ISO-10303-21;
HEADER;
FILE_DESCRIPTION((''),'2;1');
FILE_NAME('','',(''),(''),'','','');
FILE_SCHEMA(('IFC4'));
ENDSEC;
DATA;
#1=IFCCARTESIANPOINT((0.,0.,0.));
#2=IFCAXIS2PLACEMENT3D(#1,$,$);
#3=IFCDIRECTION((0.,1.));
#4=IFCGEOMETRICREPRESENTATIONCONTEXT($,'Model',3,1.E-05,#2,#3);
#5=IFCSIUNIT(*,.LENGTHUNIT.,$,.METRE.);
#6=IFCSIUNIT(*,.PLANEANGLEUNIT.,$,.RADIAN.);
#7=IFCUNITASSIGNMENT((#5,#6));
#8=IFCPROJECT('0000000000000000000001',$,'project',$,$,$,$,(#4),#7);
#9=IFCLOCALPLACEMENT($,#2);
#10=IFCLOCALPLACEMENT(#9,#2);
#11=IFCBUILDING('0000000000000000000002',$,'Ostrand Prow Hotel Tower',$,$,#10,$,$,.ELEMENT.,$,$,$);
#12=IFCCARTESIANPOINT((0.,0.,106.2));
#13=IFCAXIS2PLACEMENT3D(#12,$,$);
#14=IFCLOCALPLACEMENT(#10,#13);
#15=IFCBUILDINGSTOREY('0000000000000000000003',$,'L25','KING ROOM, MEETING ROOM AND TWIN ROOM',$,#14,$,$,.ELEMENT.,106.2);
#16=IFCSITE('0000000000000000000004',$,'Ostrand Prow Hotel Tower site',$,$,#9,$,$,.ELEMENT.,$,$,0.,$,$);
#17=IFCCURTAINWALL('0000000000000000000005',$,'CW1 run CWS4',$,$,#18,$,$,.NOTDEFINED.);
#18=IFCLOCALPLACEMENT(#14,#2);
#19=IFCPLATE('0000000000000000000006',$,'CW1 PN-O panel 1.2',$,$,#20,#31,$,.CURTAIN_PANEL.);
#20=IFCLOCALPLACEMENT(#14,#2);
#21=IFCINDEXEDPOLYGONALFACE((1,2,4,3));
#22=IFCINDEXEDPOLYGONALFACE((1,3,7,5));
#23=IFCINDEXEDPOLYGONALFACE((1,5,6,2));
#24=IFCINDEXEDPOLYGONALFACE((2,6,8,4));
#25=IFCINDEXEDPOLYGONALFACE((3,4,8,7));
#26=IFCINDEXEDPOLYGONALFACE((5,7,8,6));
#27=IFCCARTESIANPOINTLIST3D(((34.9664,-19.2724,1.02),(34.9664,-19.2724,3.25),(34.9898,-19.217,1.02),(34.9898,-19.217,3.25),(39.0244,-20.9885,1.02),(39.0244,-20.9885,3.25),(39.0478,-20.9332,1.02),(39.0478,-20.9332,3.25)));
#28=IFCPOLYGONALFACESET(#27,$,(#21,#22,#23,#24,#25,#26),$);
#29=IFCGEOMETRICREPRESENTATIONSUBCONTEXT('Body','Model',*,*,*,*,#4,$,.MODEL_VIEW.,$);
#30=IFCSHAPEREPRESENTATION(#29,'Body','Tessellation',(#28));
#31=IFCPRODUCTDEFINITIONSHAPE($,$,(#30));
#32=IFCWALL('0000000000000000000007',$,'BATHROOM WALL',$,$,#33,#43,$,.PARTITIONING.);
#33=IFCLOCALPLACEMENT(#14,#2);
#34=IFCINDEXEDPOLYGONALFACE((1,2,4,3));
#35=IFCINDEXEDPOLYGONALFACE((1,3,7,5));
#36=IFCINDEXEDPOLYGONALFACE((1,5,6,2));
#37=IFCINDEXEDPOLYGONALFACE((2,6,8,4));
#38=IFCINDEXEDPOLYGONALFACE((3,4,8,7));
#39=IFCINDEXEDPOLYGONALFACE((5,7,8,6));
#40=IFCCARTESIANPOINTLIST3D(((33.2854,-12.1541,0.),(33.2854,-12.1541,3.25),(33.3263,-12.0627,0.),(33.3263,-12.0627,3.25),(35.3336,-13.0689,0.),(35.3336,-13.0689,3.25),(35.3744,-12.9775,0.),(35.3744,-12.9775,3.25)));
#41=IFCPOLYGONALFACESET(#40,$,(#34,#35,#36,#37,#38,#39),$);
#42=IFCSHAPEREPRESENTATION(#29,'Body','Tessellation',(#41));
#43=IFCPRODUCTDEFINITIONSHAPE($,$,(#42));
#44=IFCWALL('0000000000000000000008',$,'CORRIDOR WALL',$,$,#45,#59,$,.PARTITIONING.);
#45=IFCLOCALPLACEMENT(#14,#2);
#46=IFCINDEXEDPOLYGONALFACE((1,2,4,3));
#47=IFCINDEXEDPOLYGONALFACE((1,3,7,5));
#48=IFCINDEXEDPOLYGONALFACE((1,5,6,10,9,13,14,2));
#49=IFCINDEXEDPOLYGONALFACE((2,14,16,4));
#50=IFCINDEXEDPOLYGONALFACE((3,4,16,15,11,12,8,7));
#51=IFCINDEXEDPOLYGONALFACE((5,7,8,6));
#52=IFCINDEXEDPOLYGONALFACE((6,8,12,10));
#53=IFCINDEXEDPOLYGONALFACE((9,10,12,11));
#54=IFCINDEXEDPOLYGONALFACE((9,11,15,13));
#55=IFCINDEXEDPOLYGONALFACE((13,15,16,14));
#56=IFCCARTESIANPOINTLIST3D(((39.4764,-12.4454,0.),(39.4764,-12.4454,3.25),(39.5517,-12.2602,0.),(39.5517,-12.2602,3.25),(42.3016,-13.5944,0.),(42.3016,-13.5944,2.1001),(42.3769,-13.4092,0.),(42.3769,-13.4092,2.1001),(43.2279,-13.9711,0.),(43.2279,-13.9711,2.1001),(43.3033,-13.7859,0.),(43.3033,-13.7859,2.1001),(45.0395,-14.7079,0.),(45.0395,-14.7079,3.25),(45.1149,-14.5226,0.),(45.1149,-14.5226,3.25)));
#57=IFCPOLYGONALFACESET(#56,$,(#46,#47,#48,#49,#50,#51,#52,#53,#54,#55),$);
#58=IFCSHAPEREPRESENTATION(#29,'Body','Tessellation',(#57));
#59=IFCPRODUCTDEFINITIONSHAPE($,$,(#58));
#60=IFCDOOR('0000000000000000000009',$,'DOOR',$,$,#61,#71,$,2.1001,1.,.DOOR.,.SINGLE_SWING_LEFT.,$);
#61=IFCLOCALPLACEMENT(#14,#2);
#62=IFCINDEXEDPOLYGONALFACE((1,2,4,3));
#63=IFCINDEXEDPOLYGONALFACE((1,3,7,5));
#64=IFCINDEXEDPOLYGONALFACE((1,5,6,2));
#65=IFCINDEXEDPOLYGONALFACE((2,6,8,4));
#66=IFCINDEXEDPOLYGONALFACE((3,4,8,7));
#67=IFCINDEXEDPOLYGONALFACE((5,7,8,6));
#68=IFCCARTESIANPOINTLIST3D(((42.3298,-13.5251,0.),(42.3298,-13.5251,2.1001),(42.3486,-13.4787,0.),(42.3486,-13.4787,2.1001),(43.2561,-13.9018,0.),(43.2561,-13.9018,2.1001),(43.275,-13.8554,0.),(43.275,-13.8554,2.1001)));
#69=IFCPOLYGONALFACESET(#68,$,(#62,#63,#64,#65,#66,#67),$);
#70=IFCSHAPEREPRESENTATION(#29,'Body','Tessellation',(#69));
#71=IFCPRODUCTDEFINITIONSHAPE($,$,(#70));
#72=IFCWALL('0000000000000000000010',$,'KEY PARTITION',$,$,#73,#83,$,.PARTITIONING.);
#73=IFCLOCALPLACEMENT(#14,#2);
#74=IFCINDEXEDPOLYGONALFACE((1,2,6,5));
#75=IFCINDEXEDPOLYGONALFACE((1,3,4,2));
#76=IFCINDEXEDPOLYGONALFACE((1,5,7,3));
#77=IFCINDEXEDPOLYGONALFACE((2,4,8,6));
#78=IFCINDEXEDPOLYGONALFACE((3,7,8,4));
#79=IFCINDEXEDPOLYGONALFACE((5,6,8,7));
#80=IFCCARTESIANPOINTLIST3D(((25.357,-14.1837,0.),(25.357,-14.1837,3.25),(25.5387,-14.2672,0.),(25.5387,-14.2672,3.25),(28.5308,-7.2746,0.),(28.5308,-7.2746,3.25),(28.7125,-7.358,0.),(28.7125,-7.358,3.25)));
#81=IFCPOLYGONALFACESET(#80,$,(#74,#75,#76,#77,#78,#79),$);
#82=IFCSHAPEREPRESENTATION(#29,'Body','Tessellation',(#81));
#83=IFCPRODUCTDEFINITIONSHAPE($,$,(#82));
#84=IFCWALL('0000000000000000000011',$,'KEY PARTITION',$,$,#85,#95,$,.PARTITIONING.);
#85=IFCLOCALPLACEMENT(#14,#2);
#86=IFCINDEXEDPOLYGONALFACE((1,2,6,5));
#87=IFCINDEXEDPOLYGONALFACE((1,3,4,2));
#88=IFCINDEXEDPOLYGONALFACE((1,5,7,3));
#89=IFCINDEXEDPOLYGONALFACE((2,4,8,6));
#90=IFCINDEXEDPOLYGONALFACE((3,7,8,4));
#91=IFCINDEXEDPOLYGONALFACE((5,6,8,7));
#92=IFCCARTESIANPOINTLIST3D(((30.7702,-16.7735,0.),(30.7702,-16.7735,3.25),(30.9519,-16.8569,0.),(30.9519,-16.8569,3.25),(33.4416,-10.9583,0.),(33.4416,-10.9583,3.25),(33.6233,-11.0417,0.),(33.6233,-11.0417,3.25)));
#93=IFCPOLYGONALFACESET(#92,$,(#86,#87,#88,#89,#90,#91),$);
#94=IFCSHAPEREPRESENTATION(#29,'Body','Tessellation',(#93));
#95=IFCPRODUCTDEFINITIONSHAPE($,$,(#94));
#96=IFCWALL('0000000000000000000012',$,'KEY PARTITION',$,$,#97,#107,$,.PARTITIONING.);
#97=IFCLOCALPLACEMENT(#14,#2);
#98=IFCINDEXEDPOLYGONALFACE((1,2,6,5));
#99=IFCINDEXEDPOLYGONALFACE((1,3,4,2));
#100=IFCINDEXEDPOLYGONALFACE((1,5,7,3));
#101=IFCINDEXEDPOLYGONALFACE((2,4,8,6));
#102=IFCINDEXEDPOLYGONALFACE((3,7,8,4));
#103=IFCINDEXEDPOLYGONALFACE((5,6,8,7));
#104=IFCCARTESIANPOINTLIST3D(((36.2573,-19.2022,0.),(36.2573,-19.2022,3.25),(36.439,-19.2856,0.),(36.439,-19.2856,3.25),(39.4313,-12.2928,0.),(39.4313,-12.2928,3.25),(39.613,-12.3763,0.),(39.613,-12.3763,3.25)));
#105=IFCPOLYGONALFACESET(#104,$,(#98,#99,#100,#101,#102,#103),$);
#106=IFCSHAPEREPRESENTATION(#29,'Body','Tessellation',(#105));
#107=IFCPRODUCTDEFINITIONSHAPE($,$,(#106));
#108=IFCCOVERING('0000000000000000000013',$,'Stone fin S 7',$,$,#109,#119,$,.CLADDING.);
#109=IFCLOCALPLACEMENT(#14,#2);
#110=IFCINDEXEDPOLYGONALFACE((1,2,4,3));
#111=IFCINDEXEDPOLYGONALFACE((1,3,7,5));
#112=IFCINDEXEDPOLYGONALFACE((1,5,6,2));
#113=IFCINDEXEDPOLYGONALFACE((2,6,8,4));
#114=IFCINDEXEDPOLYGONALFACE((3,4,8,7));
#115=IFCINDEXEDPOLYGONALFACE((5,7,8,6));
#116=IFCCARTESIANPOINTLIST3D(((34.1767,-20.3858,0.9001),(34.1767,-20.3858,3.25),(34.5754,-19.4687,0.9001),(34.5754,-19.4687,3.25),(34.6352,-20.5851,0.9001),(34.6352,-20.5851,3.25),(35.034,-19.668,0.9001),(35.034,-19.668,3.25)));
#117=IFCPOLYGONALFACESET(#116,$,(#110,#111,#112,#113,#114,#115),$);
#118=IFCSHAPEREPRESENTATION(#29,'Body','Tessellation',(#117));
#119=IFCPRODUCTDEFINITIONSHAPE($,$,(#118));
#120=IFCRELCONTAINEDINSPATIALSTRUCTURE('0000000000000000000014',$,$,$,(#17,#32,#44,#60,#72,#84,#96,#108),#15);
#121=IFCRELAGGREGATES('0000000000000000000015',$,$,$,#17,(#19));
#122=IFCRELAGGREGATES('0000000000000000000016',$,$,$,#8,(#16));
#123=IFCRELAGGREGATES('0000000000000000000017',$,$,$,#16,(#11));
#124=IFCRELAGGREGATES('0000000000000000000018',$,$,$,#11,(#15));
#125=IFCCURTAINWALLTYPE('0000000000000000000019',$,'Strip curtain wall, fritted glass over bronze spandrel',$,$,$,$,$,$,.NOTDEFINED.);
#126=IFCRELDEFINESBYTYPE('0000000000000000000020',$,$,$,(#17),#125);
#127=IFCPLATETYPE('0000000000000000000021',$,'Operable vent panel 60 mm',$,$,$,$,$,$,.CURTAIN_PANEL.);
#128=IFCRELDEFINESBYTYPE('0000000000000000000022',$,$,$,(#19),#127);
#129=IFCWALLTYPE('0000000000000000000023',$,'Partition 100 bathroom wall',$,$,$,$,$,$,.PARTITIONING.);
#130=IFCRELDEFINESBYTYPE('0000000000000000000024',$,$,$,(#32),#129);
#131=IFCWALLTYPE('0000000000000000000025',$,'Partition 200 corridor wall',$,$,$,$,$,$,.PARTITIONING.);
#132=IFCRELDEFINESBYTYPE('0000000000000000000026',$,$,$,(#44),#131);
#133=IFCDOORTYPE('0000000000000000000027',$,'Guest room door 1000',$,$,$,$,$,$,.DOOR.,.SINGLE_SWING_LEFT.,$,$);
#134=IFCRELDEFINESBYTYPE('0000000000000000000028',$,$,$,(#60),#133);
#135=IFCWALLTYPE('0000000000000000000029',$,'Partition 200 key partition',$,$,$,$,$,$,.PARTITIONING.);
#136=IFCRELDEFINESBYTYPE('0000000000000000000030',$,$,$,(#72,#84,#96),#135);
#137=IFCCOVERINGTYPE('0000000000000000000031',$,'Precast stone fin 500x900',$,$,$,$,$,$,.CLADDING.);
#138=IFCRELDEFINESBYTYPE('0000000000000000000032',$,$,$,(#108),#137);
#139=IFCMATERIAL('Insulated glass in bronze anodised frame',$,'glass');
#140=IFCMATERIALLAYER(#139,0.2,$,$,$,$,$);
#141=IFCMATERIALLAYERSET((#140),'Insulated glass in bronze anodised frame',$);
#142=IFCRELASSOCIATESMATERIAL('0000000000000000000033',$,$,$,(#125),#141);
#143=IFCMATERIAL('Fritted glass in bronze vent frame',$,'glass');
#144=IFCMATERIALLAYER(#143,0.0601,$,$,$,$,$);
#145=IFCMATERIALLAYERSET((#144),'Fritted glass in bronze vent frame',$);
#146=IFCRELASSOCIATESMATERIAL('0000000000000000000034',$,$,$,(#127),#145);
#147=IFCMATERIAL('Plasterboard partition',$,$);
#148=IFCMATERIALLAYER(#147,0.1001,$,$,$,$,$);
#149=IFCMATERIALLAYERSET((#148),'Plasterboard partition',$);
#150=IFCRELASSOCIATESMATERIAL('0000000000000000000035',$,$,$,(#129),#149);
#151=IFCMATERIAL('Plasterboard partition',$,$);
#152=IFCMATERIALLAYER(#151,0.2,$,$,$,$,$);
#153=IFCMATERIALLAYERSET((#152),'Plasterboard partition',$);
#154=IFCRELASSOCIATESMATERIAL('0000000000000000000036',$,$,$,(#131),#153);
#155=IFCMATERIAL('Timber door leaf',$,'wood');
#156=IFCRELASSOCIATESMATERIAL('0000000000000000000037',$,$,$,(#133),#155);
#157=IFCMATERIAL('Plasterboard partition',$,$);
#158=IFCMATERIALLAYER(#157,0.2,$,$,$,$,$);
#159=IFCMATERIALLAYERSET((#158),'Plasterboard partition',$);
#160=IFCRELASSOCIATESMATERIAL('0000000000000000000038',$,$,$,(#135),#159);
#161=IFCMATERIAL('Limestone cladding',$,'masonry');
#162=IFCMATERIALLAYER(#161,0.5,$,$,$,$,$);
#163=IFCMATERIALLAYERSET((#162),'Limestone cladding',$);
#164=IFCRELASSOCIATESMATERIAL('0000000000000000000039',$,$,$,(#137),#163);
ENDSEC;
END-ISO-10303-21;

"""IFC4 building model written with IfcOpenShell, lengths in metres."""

from ifc_helpers import new_model, si_unit, direction, frame, frame_2d, origin, origin_2d, place, context, subcontext, project, spatial, rectangle, extrude, material, layer, layer_set, type_object, element, fill, aggregate, save


model = new_model("IFC4")

# Units and contexts
model_context = context("Model", 3, precision=1e-05, world=origin(), true_north=direction((0.0, 1.0)))
body_context = subcontext(model_context, "Body", "Model", "MODEL_VIEW")
ifc_project = project(units=[si_unit("LENGTHUNIT", "METRE"), si_unit("PLANEANGLEUNIT", "RADIAN")], contexts=[model_context])

# Site, building, storey
site_placement = place(None, origin())
site = spatial("IfcSite", under=ifc_project, at=site_placement, Name="Ostrand Prow Hotel Tower site", CompositionType="ELEMENT", RefElevation=0.0)
building_placement = place(site_placement, origin())
building = spatial("IfcBuilding", under=site, at=building_placement, Name="Ostrand Prow Hotel Tower", CompositionType="ELEMENT")
storey_placement = place(building_placement, frame((0.0, 0.0, 106.2)))
storey = spatial("IfcBuildingStorey", under=building, at=storey_placement, Name="L25", Description="KING ROOM, MEETING ROOM AND TWIN ROOM", CompositionType="ELEMENT", Elevation=106.2)

# Shared definitions
ifc_material_1 = material(Name="Insulated glass in bronze anodised frame", Category="glass")
ifc_layer_1 = layer(ifc_material_1, 0.2)
ifc_layer_set_1 = layer_set([ifc_layer_1], Name="Insulated glass in bronze anodised frame")
curtain_wall_type = type_object("IfcCurtainWallType", Name="Strip curtain wall, fritted glass over bronze spandrel", PredefinedType="NOTDEFINED", material=ifc_layer_set_1)

# Curtain wall
curtain_wall_1_placement = place(storey_placement, origin())
curtain_wall_1 = element("IfcCurtainWall", 1, at=curtain_wall_1_placement, inside=storey, type_object=curtain_wall_type, Name="CW1 run CWS4", PredefinedType="NOTDEFINED")

# Plate
ifc_material_2 = material(Name="Fritted glass in bronze vent frame", Category="glass")
ifc_layer_2 = layer(ifc_material_2, 0.0601)
ifc_layer_set_2 = layer_set([ifc_layer_2], Name="Fritted glass in bronze vent frame")
plate_type_1 = type_object("IfcPlateType", Name="Operable vent panel 60 mm", PredefinedType="CURTAIN_PANEL", material=ifc_layer_set_2)
plate_1_placement = place(storey_placement, frame((37.0071, -20.1028, 1.02), z_axis=(0.0, 0.0, 1.0), x_axis=(0.921024, -0.389507, 0.0)))
plate_1 = element("IfcPlate", 2, at=plate_1_placement, type_object=plate_type_1, Name="CW1 PN-O panel 1.2", PredefinedType="CURTAIN_PANEL", context=body_context, shape_type="SweptSolid", body=[
    extrude(rectangle(XDim=4.406, YDim=0.0601, at=origin_2d()), origin(), (0.0, 0.0, 1.0), 2.23),
])
aggregate(curtain_wall_1, [plate_1])

# Wall
ifc_material_3 = material(Name="Plasterboard partition")
ifc_layer_3 = layer(ifc_material_3, 0.1001)
ifc_layer_set_3 = layer_set([ifc_layer_3], Name="Plasterboard partition")
wall_type_1 = type_object("IfcWallType", Name="Partition 100 bathroom wall", PredefinedType="PARTITIONING", material=ifc_layer_set_3)
wall_1_placement = place(storey_placement, frame((35.354, -13.0232, 0.0), z_axis=(0.0, 0.0, 1.0), x_axis=(-0.91306, 0.407824, 0.0)))
element("IfcWall", 3, at=wall_1_placement, inside=storey, type_object=wall_type_1, Name="BATHROOM WALL", PredefinedType="PARTITIONING", context=body_context, shape_type="SweptSolid", body=[
    extrude(rectangle(XDim=2.2432, YDim=0.1001, at=frame_2d((1.1216, 0.0))), origin(), (0.0, 0.0, 1.0), 3.25),
])

# Wall, opening, door
ifc_material_4 = material(Name="Plasterboard partition")
ifc_layer_4 = layer(ifc_material_4, 0.2)
ifc_layer_set_4 = layer_set([ifc_layer_4], Name="Plasterboard partition")
wall_type_2 = type_object("IfcWallType", Name="Partition 200 corridor wall", PredefinedType="PARTITIONING", material=ifc_layer_set_4)
wall_2_placement = place(storey_placement, frame((39.5139, -12.3528, 0.0), z_axis=(0.0, 0.0, 1.0), x_axis=(0.926328, -0.376718, 0.0)))
wall_2 = element("IfcWall", 4, at=wall_2_placement, inside=storey, type_object=wall_type_2, Name="CORRIDOR WALL", PredefinedType="PARTITIONING", context=body_context, shape_type="SweptSolid", body=[
    extrude(rectangle(XDim=6.0056, YDim=0.2, at=frame_2d((3.0029, 0.0))), origin(), (0.0, 0.0, 1.0), 3.25),
])
opening_placement = place(wall_2_placement, frame((3.05, 0.0, 0.0)))
opening = element("IfcOpeningElement", 5, at=opening_placement, cuts=wall_2, PredefinedType="OPENING", context=body_context, shape_type="SweptSolid", body=[
    extrude(rectangle(XDim=1.0, YDim=2.1001, at=frame_2d((0.5, 1.05))), frame((0.0, 0.1099, 0.0), z_axis=(0.0, -1.0, 0.0), x_axis=(1.0, 0.0, 0.0)), (0.0, 0.0, 1.0), 0.22),
])
ifc_material_5 = material(Name="Timber door leaf", Category="wood")
door_type = type_object("IfcDoorType", Name="Guest room door 1000", OperationType="SINGLE_SWING_LEFT", PredefinedType="DOOR", material=ifc_material_5)
door_placement = place(opening_placement, origin())
door = element("IfcDoor", 6, at=door_placement, inside=storey, type_object=door_type, Name="DOOR", OperationType="SINGLE_SWING_LEFT", OverallHeight=2.1001, OverallWidth=1.0, PredefinedType="DOOR", context=body_context, shape_type="SweptSolid", body=[
    extrude(rectangle(XDim=1.0, YDim=2.1001, at=frame_2d((0.5, 1.05))), frame((0.0, 0.0249, 0.0), z_axis=(0.0, -1.0, 0.0), x_axis=(1.0, 0.0, 0.0)), (0.0, 0.0, 1.0), 0.05),
])
fill(opening, door)

# Walls
ifc_material_6 = material(Name="Plasterboard partition")
ifc_layer_5 = layer(ifc_material_6, 0.2)
ifc_layer_set_5 = layer_set([ifc_layer_5], Name="Plasterboard partition")
wall_type_3 = type_object("IfcWallType", Name="Partition 200 key partition", PredefinedType="PARTITIONING", material=ifc_layer_set_5)
wall_3_placement = place(storey_placement, frame((25.4478, -14.2256, 0.0), z_axis=(0.0, 0.0, 1.0), x_axis=(0.417429, 0.90871, 0.0)))
element("IfcWall", 7, at=wall_3_placement, inside=storey, type_object=wall_type_3, Name="KEY PARTITION", PredefinedType="PARTITIONING", context=body_context, shape_type="SweptSolid", body=[
    extrude(rectangle(XDim=7.6033, YDim=0.2, at=frame_2d((3.8018, 0.0))), origin(), (0.0, 0.0, 1.0), 3.25),
])
wall_4_placement = place(storey_placement, frame((30.8611, -16.8152, 0.0), z_axis=(0.0, 0.0, 1.0), x_axis=(0.417441, 0.908704, 0.0)))
element("IfcWall", 8, at=wall_4_placement, inside=storey, type_object=wall_type_3, Name="KEY PARTITION", PredefinedType="PARTITIONING", context=body_context, shape_type="SweptSolid", body=[
    extrude(rectangle(XDim=6.3994, YDim=0.2, at=frame_2d((3.1997, 0.0))), origin(), (0.0, 0.0, 1.0), 3.25),
])
wall_5_placement = place(storey_placement, frame((36.3481, -19.2439, 0.0), z_axis=(0.0, 0.0, 1.0), x_axis=(0.417443, 0.908703, 0.0)))
element("IfcWall", 9, at=wall_5_placement, inside=storey, type_object=wall_type_3, Name="KEY PARTITION", PredefinedType="PARTITIONING", context=body_context, shape_type="SweptSolid", body=[
    extrude(rectangle(XDim=7.6035, YDim=0.2, at=frame_2d((3.8018, 0.0))), origin(), (0.0, 0.0, 1.0), 3.25),
])

# Covering
ifc_material_7 = material(Name="Limestone cladding", Category="masonry")
ifc_layer_6 = layer(ifc_material_7, 0.5)
ifc_layer_set_6 = layer_set([ifc_layer_6], Name="Limestone cladding")
covering_type = type_object("IfcCoveringType", Name="Precast stone fin 500x900", PredefinedType="CLADDING", material=ifc_layer_set_6)
covering_placement = place(storey_placement, frame((34.8047, -19.5684, 0.9001), z_axis=(0.0, 0.0, 1.0), x_axis=(-0.398717, -0.917074, 0.0)))
element("IfcCovering", 10, at=covering_placement, inside=storey, type_object=covering_type, Name="Stone fin S 7", PredefinedType="CLADDING", context=body_context, shape_type="SweptSolid", body=[
    extrude(rectangle(XDim=1.0, YDim=0.5, at=frame_2d((0.5, 0.0))), origin(), (0.0, 0.0, 1.0), 2.3499),
])

save(model, "model.ifc")
